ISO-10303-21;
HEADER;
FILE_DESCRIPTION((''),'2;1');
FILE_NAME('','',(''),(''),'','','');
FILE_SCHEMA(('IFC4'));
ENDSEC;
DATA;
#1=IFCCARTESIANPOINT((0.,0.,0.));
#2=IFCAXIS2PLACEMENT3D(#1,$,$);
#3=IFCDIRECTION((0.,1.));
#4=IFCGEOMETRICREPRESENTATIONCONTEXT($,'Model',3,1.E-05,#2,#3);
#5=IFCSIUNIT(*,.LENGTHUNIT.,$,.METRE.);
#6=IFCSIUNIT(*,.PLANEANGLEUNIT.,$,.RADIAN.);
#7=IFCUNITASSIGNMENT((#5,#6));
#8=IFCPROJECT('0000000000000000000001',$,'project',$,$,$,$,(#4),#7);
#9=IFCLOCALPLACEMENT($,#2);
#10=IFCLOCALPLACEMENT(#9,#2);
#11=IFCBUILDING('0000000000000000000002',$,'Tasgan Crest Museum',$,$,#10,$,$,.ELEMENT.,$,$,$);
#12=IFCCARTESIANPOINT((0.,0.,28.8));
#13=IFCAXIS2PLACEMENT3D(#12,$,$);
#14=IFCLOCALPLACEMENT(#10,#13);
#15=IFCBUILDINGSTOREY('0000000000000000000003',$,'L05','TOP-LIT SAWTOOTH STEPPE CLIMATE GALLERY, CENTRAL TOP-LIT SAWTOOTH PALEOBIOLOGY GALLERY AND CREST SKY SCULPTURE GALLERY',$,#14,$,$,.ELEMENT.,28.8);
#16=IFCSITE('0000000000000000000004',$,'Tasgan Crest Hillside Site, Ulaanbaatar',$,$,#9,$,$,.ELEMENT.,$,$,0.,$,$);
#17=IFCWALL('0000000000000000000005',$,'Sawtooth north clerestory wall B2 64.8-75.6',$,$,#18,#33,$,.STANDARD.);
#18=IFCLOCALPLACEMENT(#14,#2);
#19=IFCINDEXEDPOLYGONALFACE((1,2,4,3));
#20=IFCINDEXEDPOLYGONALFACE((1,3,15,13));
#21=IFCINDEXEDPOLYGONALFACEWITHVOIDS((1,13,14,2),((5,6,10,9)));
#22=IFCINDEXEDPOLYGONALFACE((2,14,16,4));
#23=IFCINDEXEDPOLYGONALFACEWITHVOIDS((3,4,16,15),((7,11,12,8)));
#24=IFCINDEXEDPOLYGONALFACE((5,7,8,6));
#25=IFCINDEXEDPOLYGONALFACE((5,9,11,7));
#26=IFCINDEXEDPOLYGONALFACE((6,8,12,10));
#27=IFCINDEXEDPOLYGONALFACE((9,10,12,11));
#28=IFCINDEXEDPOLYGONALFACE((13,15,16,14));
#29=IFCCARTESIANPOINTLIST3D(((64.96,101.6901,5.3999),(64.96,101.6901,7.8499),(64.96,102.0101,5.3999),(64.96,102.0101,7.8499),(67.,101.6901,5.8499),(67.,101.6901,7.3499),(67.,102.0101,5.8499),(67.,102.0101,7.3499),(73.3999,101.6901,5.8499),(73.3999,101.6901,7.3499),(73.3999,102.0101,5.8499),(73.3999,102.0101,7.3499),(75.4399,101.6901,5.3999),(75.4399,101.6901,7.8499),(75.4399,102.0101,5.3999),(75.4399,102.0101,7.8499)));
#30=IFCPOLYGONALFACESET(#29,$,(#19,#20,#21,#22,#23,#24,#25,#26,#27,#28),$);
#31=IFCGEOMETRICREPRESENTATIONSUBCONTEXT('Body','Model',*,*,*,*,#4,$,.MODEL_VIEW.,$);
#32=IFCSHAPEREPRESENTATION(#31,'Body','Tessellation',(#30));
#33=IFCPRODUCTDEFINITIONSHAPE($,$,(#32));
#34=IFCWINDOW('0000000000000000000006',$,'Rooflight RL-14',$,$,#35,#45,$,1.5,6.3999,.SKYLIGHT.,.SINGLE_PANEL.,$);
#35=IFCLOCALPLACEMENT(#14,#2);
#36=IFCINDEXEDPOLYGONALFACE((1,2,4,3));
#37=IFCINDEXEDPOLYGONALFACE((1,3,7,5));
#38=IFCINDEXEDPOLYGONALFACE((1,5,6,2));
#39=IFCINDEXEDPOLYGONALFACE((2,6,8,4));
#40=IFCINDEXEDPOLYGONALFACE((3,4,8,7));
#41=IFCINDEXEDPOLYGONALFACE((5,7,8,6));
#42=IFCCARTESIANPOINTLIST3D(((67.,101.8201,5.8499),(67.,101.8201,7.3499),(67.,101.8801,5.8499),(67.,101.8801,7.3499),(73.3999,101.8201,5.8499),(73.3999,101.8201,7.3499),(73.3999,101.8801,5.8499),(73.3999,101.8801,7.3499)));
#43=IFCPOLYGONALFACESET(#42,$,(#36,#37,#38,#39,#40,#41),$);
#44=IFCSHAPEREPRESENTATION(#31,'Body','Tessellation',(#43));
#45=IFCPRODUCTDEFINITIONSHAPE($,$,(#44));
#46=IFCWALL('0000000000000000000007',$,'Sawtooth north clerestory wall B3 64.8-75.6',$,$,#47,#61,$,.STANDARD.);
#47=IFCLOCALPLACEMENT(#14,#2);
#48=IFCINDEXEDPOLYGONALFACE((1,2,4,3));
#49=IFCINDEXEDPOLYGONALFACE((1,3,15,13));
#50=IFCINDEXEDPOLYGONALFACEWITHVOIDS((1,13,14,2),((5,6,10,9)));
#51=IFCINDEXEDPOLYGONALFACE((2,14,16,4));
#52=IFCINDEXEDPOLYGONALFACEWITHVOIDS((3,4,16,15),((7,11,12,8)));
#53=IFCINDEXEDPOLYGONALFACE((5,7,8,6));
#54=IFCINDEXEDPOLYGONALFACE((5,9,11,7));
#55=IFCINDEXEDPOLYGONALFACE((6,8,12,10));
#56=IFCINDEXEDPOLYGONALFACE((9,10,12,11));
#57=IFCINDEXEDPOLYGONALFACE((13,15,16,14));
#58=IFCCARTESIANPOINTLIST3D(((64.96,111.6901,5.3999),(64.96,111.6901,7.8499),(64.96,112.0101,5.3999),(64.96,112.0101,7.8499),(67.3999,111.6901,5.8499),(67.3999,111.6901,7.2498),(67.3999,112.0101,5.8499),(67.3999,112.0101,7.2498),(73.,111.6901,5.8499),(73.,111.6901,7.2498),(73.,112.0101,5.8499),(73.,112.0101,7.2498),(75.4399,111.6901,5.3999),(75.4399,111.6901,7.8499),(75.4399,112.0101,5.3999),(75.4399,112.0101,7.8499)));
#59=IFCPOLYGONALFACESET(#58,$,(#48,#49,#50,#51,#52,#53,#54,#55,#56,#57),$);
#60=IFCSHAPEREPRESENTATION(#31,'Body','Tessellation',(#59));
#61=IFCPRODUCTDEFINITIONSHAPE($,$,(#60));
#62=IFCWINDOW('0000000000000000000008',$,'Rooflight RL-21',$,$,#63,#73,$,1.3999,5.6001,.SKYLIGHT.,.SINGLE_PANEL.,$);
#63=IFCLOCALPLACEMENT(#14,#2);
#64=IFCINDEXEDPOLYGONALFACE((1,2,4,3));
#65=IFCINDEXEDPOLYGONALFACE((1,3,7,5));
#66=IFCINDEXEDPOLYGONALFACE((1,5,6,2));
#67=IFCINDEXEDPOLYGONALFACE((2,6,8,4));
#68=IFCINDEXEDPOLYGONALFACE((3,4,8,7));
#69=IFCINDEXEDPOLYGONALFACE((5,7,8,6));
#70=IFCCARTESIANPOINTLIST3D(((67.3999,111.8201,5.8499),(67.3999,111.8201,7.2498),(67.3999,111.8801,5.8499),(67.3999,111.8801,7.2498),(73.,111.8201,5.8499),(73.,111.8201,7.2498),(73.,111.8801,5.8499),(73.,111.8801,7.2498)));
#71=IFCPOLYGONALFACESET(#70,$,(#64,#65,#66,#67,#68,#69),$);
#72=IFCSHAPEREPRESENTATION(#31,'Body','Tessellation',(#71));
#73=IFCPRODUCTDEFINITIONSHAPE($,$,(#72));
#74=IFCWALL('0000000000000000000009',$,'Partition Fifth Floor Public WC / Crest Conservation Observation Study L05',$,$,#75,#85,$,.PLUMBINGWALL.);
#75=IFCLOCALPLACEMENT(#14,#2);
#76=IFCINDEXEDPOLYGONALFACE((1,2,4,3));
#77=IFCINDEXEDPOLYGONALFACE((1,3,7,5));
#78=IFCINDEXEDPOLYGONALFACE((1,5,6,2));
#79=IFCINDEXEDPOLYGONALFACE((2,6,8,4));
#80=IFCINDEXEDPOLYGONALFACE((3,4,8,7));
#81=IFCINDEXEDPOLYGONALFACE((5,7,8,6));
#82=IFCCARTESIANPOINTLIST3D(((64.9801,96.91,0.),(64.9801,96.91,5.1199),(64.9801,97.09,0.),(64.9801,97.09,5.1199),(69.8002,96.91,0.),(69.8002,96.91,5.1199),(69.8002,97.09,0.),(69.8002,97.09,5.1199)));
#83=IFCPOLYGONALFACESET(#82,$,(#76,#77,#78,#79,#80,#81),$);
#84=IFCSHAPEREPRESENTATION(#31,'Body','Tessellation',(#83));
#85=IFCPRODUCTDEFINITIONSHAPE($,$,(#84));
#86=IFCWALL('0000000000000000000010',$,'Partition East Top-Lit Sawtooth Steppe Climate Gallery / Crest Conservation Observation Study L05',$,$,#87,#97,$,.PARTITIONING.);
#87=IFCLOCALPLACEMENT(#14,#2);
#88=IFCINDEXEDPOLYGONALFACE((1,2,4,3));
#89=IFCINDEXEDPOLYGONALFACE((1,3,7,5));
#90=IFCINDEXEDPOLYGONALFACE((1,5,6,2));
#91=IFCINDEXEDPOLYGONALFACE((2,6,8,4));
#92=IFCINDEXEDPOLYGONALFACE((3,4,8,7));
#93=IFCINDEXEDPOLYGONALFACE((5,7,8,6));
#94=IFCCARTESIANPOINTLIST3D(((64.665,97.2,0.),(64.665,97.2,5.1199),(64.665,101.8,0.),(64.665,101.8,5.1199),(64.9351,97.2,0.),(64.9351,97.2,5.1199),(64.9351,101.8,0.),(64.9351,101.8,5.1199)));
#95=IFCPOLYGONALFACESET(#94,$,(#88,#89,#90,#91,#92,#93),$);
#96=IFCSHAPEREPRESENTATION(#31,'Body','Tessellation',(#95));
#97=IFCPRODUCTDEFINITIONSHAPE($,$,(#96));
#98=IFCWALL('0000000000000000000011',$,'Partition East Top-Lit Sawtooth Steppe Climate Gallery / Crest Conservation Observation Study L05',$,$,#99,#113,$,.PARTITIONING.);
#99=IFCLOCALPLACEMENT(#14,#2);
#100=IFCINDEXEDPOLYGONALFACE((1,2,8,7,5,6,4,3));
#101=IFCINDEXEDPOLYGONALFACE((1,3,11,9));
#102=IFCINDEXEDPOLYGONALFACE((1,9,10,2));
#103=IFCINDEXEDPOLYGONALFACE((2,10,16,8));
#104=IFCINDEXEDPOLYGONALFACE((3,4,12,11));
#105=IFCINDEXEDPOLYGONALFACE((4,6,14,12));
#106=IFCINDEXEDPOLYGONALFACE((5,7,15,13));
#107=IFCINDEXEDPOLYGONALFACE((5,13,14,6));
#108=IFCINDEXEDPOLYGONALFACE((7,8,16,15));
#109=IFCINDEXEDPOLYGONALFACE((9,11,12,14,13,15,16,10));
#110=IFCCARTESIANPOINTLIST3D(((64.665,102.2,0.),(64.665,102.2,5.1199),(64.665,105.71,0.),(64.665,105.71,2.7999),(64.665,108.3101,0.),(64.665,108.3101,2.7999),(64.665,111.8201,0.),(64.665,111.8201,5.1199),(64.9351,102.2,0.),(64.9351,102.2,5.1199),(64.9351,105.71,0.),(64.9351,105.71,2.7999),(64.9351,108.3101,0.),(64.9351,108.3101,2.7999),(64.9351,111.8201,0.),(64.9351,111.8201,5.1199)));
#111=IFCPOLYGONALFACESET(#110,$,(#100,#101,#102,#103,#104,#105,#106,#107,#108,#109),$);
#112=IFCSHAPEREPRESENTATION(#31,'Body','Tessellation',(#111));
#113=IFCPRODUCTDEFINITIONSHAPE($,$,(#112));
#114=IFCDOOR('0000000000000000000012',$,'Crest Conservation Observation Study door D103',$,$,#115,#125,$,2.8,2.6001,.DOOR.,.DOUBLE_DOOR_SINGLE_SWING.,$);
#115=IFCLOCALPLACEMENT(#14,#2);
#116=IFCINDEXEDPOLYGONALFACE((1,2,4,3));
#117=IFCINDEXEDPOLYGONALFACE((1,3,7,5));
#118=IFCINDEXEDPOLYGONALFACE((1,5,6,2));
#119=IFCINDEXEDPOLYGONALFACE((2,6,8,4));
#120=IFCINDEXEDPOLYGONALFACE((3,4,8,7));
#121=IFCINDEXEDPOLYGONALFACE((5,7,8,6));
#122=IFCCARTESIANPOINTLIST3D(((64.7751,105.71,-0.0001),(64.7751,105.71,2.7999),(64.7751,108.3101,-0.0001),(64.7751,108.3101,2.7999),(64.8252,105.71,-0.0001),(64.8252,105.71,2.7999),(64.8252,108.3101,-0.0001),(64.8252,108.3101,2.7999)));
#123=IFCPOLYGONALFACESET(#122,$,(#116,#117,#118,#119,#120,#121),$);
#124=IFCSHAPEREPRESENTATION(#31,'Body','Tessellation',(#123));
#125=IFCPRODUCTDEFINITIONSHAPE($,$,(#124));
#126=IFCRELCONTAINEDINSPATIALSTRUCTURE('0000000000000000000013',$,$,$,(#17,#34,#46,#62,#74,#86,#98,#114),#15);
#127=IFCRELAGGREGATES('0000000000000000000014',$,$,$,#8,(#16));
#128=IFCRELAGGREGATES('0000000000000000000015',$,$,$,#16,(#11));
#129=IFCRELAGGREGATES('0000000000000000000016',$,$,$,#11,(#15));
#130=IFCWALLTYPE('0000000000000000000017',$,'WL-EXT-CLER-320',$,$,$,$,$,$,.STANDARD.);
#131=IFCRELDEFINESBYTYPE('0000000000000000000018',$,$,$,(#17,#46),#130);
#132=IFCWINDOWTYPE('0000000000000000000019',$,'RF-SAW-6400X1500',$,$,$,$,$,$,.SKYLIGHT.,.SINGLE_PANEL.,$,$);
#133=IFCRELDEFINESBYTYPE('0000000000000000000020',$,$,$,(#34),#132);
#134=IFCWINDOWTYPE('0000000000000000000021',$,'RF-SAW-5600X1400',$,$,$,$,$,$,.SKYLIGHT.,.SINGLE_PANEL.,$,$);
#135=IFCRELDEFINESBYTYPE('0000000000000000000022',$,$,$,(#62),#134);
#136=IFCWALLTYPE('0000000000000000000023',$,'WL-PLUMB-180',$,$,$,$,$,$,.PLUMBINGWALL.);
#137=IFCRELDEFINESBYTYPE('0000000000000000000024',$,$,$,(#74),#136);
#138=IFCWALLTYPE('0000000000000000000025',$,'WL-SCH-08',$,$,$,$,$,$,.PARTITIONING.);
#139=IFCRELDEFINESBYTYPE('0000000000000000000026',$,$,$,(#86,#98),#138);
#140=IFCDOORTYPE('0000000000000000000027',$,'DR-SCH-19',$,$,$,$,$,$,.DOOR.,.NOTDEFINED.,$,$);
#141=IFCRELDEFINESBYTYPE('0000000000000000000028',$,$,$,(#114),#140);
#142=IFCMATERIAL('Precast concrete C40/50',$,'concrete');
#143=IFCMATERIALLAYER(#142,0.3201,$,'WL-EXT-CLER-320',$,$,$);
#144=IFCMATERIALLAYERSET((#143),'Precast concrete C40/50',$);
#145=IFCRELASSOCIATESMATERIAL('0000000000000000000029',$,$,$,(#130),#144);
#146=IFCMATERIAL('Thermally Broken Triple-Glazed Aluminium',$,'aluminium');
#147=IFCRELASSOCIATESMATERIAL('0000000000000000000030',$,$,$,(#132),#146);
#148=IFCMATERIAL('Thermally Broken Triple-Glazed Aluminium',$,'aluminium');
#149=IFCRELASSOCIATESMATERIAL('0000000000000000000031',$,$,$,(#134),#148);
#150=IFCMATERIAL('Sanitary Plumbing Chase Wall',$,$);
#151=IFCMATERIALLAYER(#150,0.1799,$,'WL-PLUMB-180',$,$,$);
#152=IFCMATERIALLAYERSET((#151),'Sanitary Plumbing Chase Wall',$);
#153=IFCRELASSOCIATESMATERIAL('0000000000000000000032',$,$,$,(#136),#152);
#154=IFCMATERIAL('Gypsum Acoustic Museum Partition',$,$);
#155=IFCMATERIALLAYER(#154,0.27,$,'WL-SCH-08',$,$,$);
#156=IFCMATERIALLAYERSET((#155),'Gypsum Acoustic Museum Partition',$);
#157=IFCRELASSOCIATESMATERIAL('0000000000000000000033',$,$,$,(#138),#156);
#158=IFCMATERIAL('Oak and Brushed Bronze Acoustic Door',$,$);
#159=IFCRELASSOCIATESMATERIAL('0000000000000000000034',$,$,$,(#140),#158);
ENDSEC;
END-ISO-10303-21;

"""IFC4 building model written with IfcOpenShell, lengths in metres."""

from ifc_helpers import new_model, si_unit, direction, frame, frame_2d, origin, place, context, subcontext, project, spatial, rectangle, extrude, material, layer, layer_set, type_object, element, fill, save


model = new_model("IFC4")

# Units and contexts
model_context = context("Model", 3, precision=1e-05, world=origin(), true_north=direction((0.0, 1.0)))
body_context = subcontext(model_context, "Body", "Model", "MODEL_VIEW")
ifc_project = project(units=[si_unit("LENGTHUNIT", "METRE"), si_unit("PLANEANGLEUNIT", "RADIAN")], contexts=[model_context])

# Site, building, storey
site_placement = place(None, origin())
site = spatial("IfcSite", under=ifc_project, at=site_placement, Name="Tasgan Crest Hillside Site, Ulaanbaatar", CompositionType="ELEMENT", RefElevation=0.0)
building_placement = place(site_placement, origin())
building = spatial("IfcBuilding", under=site, at=building_placement, Name="Tasgan Crest Museum", CompositionType="ELEMENT")
storey_placement = place(building_placement, frame((0.0, 0.0, 28.8)))
storey = spatial("IfcBuildingStorey", under=building, at=storey_placement, Name="L05", Description="TOP-LIT SAWTOOTH STEPPE CLIMATE GALLERY, CENTRAL TOP-LIT SAWTOOTH PALEOBIOLOGY GALLERY AND CREST SKY SCULPTURE GALLERY", CompositionType="ELEMENT", Elevation=28.8)

# Walls, openings, windows
ifc_material_1 = material(Name="Precast concrete C40/50", Category="concrete")
ifc_layer_1 = layer(ifc_material_1, 0.3201, Name="WL-EXT-CLER-320")
ifc_layer_set_1 = layer_set([ifc_layer_1], Name="Precast concrete C40/50")
wall_type_1 = type_object("IfcWallType", Name="WL-EXT-CLER-320", PredefinedType="STANDARD", material=ifc_layer_set_1)
wall_1_placement = place(storey_placement, frame((64.96, 101.8501, 5.3999), z_axis=(0.0, 0.0, 1.0), x_axis=(1.0, 0.0, 0.0)))
wall_1 = element("IfcWall", 1, at=wall_1_placement, inside=storey, type_object=wall_type_1, Name="Sawtooth north clerestory wall B2 64.8-75.6", PredefinedType="STANDARD", context=body_context, shape_type="SweptSolid", body=[
    extrude(rectangle(XDim=10.48, YDim=0.3201, at=frame_2d((5.24, 0.0))), origin(), (0.0, 0.0, 1.0), 2.45),
])
opening_1_placement = place(wall_1_placement, frame((2.04, 0.0, 0.45)))
opening_1 = element("IfcOpeningElement", 2, at=opening_1_placement, cuts=wall_1, PredefinedType="OPENING", context=body_context, shape_type="SweptSolid", body=[
    extrude(rectangle(XDim=6.3999, YDim=1.5, at=frame_2d((3.2, 0.75))), frame((0.0, 0.1699, 0.0), z_axis=(0.0, -1.0, 0.0), x_axis=(1.0, 0.0, 0.0)), (0.0, 0.0, 1.0), 0.3401),
])
ifc_material_2 = material(Name="Thermally Broken Triple-Glazed Aluminium", Category="aluminium")
window_type_1 = type_object("IfcWindowType", Name="RF-SAW-6400X1500", PartitioningType="SINGLE_PANEL", PredefinedType="SKYLIGHT", material=ifc_material_2)
window_1_placement = place(opening_1_placement, origin())
window_1 = element("IfcWindow", 3, at=window_1_placement, inside=storey, type_object=window_type_1, Name="Rooflight RL-14", OverallHeight=1.5, OverallWidth=6.3999, PartitioningType="SINGLE_PANEL", PredefinedType="SKYLIGHT", context=body_context, shape_type="SweptSolid", body=[
    extrude(rectangle(XDim=6.3999, YDim=1.5, at=frame_2d((3.2, 0.75))), frame((0.0, 0.03, 0.0), z_axis=(0.0, -1.0, 0.0), x_axis=(1.0, 0.0, 0.0)), (0.0, 0.0, 1.0), 0.0601),
])
fill(opening_1, window_1)
wall_2_placement = place(storey_placement, frame((64.96, 111.8501, 5.3999), z_axis=(0.0, 0.0, 1.0), x_axis=(1.0, 0.0, 0.0)))
wall_2 = element("IfcWall", 4, at=wall_2_placement, inside=storey, type_object=wall_type_1, Name="Sawtooth north clerestory wall B3 64.8-75.6", PredefinedType="STANDARD", context=body_context, shape_type="SweptSolid", body=[
    extrude(rectangle(XDim=10.48, YDim=0.3201, at=frame_2d((5.24, 0.0))), origin(), (0.0, 0.0, 1.0), 2.45),
])
opening_2_placement = place(wall_2_placement, frame((2.4399, 0.0, 0.45)))
opening_2 = element("IfcOpeningElement", 5, at=opening_2_placement, cuts=wall_2, PredefinedType="OPENING", context=body_context, shape_type="SweptSolid", body=[
    extrude(rectangle(XDim=5.6001, YDim=1.3999, at=frame_2d((2.8, 0.7))), frame((0.0, 0.1699, 0.0), z_axis=(0.0, -1.0, 0.0), x_axis=(1.0, 0.0, 0.0)), (0.0, 0.0, 1.0), 0.3401),
])
ifc_material_3 = material(Name="Thermally Broken Triple-Glazed Aluminium", Category="aluminium")
window_type_2 = type_object("IfcWindowType", Name="RF-SAW-5600X1400", PartitioningType="SINGLE_PANEL", PredefinedType="SKYLIGHT", material=ifc_material_3)
window_2_placement = place(opening_2_placement, origin())
window_2 = element("IfcWindow", 6, at=window_2_placement, inside=storey, type_object=window_type_2, Name="Rooflight RL-21", OverallHeight=1.3999, OverallWidth=5.6001, PartitioningType="SINGLE_PANEL", PredefinedType="SKYLIGHT", context=body_context, shape_type="SweptSolid", body=[
    extrude(rectangle(XDim=5.6001, YDim=1.3999, at=frame_2d((2.8, 0.7))), frame((0.0, 0.03, 0.0), z_axis=(0.0, -1.0, 0.0), x_axis=(1.0, 0.0, 0.0)), (0.0, 0.0, 1.0), 0.0601),
])
fill(opening_2, window_2)

# Walls
ifc_material_4 = material(Name="Sanitary Plumbing Chase Wall")
ifc_layer_2 = layer(ifc_material_4, 0.1799, Name="WL-PLUMB-180")
ifc_layer_set_2 = layer_set([ifc_layer_2], Name="Sanitary Plumbing Chase Wall")
wall_type_2 = type_object("IfcWallType", Name="WL-PLUMB-180", PredefinedType="PLUMBINGWALL", material=ifc_layer_set_2)
wall_3_placement = place(storey_placement, frame((64.98, 97.0, 0.0), z_axis=(0.0, 0.0, 1.0), x_axis=(1.0, 0.0, 0.0)))
element("IfcWall", 7, at=wall_3_placement, inside=storey, type_object=wall_type_2, Name="Partition Fifth Floor Public WC / Crest Conservation Observation Study L05", PredefinedType="PLUMBINGWALL", context=body_context, shape_type="SweptSolid", body=[
    extrude(rectangle(XDim=4.8201, YDim=0.1799, at=frame_2d((2.4102, 0.0))), origin(), (0.0, 0.0, 1.0), 5.1199),
])
ifc_material_5 = material(Name="Gypsum Acoustic Museum Partition")
ifc_layer_3 = layer(ifc_material_5, 0.27, Name="WL-SCH-08")
ifc_layer_set_3 = layer_set([ifc_layer_3], Name="Gypsum Acoustic Museum Partition")
wall_type_3 = type_object("IfcWallType", Name="WL-SCH-08", PredefinedType="PARTITIONING", material=ifc_layer_set_3)
wall_4_placement = place(storey_placement, frame((64.8, 97.2, 0.0), z_axis=(0.0, 0.0, 1.0), x_axis=(0.0, 1.0, 0.0)))
element("IfcWall", 8, at=wall_4_placement, inside=storey, type_object=wall_type_3, Name="Partition East Top-Lit Sawtooth Steppe Climate Gallery / Crest Conservation Observation Study L05", PredefinedType="PARTITIONING", context=body_context, shape_type="SweptSolid", body=[
    extrude(rectangle(XDim=4.6001, YDim=0.27, at=frame_2d((2.3, 0.0))), origin(), (0.0, 0.0, 1.0), 5.1199),
])

# Wall, opening, door
wall_5_placement = place(storey_placement, frame((64.8, 102.2, 0.0), z_axis=(0.0, 0.0, 1.0), x_axis=(0.0, 1.0, 0.0)))
wall_5 = element("IfcWall", 9, at=wall_5_placement, inside=storey, type_object=wall_type_3, Name="Partition East Top-Lit Sawtooth Steppe Climate Gallery / Crest Conservation Observation Study L05", PredefinedType="PARTITIONING", context=body_context, shape_type="SweptSolid", body=[
    extrude(rectangle(XDim=9.6201, YDim=0.27, at=frame_2d((4.8101, 0.0))), origin(), (0.0, 0.0, 1.0), 5.1199),
])
opening_3_placement = place(wall_5_placement, frame((3.51, 0.0, 0.0)))
opening_3 = element("IfcOpeningElement", 10, at=opening_3_placement, cuts=wall_5, PredefinedType="OPENING", context=body_context, shape_type="SweptSolid", body=[
    extrude(rectangle(XDim=2.6001, YDim=2.8, at=frame_2d((1.3, 1.3999))), frame((0.0, 0.145, 0.0), z_axis=(0.0, -1.0, 0.0), x_axis=(1.0, 0.0, 0.0)), (0.0, 0.0, 1.0), 0.29),
])
ifc_material_6 = material(Name="Oak and Brushed Bronze Acoustic Door")
door_type = type_object("IfcDoorType", Name="DR-SCH-19", OperationType="NOTDEFINED", PredefinedType="DOOR", material=ifc_material_6)
door_placement = place(opening_3_placement, origin())
door = element("IfcDoor", 11, at=door_placement, inside=storey, type_object=door_type, Name="Crest Conservation Observation Study door D103", OperationType="DOUBLE_DOOR_SINGLE_SWING", OverallHeight=2.8, OverallWidth=2.6001, PredefinedType="DOOR", context=body_context, shape_type="SweptSolid", body=[
    extrude(rectangle(XDim=2.6001, YDim=2.8, at=frame_2d((1.3, 1.3999))), frame((0.0, 0.0249, 0.0), z_axis=(0.0, -1.0, 0.0), x_axis=(1.0, 0.0, 0.0)), (0.0, 0.0, 1.0), 0.05),
])
fill(opening_3, door)

save(model, "model.ifc")
